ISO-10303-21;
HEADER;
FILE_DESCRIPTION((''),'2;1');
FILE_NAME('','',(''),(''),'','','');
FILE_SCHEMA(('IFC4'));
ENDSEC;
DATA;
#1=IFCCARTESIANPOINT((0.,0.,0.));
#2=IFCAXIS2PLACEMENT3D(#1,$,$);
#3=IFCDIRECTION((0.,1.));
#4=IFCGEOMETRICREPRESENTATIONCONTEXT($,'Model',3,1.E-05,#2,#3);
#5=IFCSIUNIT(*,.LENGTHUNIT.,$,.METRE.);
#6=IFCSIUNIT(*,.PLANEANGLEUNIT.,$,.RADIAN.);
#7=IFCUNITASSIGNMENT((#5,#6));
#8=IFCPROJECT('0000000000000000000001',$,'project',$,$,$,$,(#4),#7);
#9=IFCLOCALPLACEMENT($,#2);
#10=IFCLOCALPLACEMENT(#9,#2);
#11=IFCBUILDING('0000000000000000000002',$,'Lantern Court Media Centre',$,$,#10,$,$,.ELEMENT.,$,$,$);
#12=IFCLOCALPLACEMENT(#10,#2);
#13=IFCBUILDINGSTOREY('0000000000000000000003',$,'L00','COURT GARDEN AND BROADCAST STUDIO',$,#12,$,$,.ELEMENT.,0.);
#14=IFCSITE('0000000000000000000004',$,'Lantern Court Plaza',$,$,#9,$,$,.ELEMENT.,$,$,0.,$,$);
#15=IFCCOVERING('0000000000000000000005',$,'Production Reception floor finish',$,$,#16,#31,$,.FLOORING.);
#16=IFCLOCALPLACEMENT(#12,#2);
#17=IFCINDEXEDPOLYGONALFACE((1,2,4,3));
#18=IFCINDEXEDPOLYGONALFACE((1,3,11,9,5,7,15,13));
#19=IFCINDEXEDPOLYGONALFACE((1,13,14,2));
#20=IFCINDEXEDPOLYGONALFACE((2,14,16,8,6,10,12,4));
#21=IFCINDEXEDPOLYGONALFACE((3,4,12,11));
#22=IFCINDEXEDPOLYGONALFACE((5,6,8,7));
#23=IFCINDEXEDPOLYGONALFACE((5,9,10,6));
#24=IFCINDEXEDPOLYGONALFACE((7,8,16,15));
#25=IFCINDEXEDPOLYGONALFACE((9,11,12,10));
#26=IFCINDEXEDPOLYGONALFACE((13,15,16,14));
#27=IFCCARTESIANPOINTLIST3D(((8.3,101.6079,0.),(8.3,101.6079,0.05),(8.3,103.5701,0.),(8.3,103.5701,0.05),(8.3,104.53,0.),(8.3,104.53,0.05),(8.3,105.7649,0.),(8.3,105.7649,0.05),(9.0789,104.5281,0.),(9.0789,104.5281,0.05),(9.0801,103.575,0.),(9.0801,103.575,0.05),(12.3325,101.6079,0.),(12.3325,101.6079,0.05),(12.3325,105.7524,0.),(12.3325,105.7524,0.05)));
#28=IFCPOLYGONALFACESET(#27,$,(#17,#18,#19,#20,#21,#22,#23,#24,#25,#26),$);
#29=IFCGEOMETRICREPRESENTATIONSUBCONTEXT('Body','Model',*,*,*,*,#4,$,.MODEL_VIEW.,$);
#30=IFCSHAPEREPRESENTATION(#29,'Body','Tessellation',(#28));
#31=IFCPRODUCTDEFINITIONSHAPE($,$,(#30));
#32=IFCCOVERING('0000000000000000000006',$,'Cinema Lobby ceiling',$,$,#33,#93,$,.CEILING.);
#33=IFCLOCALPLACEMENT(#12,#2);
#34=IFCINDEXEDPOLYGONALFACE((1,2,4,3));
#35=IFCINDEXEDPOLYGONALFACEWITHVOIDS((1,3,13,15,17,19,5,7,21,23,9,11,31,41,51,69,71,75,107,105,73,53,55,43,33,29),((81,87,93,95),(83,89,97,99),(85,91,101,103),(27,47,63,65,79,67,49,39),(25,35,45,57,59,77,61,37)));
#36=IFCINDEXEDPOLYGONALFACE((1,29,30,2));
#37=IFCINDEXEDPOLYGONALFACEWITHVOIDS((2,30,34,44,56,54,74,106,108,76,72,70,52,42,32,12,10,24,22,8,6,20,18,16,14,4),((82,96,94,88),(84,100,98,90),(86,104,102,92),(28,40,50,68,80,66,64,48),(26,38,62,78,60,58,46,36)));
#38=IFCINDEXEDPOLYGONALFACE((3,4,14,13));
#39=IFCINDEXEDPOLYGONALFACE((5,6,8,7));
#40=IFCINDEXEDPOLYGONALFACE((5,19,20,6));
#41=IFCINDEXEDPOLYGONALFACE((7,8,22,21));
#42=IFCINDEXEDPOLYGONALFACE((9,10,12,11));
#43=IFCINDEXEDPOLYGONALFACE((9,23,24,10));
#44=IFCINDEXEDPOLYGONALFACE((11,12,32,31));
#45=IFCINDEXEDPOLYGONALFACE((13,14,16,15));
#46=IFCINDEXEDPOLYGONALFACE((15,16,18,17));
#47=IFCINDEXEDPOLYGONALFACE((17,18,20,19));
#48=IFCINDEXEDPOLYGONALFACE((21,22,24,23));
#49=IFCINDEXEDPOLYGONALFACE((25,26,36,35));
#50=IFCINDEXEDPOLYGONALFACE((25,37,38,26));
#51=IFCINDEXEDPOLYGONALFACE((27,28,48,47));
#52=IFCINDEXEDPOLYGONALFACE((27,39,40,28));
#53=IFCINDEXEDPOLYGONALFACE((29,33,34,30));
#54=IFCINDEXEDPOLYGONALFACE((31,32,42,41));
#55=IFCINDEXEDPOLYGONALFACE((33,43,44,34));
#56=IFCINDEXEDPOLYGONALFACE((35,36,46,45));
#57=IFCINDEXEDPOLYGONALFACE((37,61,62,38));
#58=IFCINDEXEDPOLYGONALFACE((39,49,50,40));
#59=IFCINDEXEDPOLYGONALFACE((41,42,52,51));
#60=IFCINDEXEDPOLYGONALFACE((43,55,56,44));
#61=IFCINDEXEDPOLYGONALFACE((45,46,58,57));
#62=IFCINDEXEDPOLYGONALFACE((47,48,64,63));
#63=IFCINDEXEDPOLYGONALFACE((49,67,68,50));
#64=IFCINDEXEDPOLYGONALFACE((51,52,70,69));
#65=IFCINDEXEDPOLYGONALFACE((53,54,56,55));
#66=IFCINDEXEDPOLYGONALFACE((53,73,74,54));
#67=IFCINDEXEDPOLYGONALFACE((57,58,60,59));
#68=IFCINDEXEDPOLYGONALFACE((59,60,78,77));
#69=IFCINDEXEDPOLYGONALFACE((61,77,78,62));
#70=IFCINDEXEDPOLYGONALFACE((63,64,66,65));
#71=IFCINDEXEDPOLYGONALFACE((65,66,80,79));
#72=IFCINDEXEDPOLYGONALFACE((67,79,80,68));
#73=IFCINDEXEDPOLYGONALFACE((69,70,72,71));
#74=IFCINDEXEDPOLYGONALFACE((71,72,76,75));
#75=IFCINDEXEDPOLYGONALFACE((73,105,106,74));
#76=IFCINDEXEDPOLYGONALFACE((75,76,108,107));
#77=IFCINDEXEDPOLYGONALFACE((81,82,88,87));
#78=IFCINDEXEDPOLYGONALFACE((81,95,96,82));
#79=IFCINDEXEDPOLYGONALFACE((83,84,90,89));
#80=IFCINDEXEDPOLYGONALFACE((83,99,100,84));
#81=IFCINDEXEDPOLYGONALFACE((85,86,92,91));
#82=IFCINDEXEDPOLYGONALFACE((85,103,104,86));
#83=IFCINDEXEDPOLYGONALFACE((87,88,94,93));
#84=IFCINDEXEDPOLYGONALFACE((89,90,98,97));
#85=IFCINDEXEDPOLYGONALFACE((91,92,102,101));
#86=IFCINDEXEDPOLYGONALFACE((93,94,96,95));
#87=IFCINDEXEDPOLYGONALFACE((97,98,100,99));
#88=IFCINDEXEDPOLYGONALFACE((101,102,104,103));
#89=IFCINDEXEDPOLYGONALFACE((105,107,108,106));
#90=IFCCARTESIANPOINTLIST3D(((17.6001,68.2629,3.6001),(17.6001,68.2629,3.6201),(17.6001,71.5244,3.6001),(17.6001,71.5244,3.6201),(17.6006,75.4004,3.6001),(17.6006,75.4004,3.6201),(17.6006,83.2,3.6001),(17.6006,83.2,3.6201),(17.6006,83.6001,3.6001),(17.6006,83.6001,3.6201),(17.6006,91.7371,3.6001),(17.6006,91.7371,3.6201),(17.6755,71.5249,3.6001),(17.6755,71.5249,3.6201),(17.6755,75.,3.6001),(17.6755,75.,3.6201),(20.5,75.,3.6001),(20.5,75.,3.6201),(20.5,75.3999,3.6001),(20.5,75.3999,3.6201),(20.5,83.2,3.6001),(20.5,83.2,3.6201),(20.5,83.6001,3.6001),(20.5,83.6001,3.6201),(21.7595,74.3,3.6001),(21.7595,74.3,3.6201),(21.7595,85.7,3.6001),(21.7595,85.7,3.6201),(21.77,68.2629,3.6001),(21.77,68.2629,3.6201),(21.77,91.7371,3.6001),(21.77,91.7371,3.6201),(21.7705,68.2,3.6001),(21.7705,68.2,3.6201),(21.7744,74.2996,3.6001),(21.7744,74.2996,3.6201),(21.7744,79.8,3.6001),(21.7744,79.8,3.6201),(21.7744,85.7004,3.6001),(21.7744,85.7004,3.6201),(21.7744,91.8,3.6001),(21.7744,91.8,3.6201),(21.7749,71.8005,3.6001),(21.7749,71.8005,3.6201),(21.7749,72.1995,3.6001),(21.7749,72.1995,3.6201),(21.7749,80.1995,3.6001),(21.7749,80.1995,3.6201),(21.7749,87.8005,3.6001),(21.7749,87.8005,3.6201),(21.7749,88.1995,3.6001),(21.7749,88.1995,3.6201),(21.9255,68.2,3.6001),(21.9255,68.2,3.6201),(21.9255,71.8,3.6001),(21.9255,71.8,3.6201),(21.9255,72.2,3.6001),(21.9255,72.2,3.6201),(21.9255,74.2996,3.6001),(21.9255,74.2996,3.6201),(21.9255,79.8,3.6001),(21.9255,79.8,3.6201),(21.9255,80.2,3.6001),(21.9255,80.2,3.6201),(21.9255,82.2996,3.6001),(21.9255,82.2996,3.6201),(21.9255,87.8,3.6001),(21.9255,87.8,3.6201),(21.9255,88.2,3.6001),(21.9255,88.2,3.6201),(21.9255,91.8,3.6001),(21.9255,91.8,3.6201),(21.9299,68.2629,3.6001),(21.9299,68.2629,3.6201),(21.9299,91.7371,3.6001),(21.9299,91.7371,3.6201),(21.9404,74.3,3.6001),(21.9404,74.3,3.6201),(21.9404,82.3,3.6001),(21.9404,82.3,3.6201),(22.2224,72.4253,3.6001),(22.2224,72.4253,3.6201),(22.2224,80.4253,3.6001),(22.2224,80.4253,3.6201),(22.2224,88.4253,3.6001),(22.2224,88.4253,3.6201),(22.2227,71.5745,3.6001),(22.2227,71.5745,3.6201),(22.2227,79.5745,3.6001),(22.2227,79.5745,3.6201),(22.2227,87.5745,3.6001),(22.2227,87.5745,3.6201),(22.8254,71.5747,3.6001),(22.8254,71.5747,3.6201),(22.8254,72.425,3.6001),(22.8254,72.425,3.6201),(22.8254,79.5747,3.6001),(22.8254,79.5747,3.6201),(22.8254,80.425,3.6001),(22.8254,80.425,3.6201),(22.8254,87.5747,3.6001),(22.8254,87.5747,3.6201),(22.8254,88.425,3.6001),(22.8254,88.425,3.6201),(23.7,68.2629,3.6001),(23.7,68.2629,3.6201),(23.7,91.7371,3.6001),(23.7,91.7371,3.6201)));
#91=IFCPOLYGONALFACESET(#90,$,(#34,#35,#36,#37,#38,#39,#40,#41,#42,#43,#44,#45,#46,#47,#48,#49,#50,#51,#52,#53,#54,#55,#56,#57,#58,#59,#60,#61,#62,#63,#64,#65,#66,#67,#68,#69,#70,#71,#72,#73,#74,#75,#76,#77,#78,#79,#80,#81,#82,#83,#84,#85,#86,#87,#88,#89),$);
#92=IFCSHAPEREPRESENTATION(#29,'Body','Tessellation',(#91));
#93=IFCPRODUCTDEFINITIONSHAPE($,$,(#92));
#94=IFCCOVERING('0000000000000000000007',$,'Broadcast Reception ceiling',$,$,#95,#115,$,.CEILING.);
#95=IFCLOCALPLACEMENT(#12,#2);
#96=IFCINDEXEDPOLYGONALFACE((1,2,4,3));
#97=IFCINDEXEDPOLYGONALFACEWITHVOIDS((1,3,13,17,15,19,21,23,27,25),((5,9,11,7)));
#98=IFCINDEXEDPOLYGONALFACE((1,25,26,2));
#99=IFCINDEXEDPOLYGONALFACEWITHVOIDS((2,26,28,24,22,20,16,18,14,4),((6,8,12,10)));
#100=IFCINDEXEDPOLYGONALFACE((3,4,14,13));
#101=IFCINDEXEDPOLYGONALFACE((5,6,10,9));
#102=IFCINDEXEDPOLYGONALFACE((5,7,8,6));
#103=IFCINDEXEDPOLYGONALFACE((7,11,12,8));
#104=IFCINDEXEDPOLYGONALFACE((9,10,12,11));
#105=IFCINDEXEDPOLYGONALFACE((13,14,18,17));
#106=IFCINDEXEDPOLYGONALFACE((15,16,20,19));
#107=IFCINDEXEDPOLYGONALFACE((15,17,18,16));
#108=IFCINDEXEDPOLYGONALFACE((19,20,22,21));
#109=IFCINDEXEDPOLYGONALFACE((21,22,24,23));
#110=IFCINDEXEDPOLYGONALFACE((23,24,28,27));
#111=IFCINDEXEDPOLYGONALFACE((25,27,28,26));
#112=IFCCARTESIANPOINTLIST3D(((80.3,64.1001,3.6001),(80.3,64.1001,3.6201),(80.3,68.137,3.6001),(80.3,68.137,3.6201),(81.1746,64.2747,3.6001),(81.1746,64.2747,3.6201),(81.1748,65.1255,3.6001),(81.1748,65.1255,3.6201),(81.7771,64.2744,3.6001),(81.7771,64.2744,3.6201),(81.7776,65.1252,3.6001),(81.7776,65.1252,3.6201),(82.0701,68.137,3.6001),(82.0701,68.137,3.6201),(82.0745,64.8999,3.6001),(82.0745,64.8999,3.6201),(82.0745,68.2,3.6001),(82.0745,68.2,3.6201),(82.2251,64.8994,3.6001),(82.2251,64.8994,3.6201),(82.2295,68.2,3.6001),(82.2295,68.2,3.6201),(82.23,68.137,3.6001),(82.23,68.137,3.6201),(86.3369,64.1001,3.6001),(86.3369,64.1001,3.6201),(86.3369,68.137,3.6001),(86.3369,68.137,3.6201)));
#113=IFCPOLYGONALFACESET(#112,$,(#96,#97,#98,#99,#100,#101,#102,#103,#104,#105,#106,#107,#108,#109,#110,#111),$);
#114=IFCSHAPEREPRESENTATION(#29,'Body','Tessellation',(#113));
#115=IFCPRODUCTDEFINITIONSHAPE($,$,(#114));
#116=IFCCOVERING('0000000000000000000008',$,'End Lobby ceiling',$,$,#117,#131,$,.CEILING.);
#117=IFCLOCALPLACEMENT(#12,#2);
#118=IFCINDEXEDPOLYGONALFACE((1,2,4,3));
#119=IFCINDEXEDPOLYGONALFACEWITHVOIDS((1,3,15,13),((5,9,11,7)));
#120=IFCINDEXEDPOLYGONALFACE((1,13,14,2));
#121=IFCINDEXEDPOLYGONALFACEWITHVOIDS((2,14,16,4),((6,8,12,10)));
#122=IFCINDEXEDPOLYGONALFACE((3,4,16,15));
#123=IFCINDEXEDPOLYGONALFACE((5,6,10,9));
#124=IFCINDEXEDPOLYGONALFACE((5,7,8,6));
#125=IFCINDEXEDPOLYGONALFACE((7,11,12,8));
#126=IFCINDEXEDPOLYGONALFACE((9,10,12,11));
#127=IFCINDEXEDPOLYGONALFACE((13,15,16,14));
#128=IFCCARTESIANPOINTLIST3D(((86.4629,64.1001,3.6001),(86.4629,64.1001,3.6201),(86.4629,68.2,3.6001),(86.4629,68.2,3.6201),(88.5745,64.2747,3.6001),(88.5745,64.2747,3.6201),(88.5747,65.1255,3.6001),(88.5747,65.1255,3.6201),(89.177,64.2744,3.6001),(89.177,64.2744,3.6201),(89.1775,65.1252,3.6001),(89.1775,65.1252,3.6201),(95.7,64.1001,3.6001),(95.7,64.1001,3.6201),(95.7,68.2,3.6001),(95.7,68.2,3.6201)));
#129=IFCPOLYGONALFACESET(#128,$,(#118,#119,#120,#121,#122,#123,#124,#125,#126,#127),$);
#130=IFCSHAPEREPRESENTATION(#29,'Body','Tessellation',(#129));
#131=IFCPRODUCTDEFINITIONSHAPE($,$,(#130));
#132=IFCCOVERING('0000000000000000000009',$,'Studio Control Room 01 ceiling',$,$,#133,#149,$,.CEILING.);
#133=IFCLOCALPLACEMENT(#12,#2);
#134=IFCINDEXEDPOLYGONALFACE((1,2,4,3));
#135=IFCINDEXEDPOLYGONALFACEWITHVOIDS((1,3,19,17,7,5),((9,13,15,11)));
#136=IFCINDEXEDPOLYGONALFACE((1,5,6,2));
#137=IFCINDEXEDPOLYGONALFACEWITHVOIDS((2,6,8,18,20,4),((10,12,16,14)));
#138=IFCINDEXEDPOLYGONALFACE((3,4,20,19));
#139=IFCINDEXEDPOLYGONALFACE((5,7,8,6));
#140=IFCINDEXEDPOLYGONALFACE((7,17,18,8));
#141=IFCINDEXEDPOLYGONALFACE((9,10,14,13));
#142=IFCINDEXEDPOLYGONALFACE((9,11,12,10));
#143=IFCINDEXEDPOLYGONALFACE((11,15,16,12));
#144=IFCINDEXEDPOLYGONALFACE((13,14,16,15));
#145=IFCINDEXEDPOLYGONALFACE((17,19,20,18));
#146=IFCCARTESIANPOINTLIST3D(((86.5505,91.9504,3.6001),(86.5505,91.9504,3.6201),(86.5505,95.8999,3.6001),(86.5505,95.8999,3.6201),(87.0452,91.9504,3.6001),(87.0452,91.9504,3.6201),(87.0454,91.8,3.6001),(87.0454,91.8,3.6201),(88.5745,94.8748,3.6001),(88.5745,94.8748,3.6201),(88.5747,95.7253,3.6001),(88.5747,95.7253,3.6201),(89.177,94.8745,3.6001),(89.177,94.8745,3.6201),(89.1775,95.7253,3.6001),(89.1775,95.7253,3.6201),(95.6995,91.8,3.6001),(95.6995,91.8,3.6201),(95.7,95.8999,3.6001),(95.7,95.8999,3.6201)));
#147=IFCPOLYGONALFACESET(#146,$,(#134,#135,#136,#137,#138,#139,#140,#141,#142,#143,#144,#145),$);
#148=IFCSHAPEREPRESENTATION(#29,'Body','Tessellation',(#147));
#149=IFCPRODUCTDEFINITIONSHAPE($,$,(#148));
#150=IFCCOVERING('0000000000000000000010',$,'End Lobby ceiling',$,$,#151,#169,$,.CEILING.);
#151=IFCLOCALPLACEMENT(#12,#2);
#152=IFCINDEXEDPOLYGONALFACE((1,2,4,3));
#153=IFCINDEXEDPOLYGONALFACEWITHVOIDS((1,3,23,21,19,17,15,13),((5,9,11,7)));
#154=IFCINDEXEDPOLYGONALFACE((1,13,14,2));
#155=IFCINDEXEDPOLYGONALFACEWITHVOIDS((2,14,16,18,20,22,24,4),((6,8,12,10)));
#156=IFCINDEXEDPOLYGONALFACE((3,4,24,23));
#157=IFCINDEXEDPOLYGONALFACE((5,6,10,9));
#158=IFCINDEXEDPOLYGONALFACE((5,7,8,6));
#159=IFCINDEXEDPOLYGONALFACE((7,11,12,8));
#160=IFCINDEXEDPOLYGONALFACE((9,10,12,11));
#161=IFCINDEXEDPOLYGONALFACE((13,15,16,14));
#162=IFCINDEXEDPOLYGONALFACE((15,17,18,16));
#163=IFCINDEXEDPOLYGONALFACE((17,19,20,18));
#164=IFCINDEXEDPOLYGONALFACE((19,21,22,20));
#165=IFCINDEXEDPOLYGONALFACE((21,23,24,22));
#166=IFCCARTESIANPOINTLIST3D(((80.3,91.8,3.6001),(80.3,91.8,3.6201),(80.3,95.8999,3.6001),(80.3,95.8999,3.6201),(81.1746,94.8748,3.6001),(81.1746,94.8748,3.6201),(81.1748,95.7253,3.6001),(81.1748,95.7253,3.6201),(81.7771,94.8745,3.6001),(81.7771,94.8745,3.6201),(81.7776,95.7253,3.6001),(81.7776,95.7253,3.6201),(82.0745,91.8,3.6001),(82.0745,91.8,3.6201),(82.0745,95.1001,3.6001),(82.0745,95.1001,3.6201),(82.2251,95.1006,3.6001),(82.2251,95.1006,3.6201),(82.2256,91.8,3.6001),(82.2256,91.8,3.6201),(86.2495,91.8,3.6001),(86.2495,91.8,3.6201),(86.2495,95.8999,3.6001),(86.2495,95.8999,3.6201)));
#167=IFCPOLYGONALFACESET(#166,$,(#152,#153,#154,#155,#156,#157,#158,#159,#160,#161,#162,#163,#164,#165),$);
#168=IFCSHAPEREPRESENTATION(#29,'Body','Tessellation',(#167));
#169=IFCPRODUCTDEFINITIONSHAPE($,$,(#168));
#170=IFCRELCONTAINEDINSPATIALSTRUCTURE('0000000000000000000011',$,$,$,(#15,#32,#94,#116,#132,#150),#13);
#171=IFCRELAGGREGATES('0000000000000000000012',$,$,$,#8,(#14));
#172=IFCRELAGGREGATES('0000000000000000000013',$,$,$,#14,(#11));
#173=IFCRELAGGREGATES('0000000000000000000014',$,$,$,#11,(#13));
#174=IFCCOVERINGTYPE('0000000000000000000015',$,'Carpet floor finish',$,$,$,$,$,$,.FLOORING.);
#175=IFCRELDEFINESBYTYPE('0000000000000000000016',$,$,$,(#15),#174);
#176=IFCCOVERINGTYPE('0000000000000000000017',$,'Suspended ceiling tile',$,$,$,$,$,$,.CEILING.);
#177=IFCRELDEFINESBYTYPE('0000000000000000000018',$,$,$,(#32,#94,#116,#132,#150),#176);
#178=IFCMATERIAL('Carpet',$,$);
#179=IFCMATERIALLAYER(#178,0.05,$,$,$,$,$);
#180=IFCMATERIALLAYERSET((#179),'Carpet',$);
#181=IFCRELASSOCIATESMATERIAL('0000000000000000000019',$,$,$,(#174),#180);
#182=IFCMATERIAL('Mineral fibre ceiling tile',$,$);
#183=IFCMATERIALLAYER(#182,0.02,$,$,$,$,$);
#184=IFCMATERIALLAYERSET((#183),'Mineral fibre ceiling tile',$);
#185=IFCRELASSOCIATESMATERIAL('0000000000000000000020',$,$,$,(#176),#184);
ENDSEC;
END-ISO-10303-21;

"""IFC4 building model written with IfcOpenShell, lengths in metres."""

from ifc_helpers import new_model, si_unit, direction, frame, origin, place, context, subcontext, project, spatial, polyline, outline, extrude, material, layer, layer_set, type_object, element, save


model = new_model("IFC4")

# Units and contexts
model_context = context("Model", 3, precision=1e-05, world=origin(), true_north=direction((0.0, 1.0)))
body_context = subcontext(model_context, "Body", "Model", "MODEL_VIEW")
ifc_project = project(units=[si_unit("LENGTHUNIT", "METRE"), si_unit("PLANEANGLEUNIT", "RADIAN")], contexts=[model_context])

# Site, building, storey
site_placement = place(None, origin())
site = spatial("IfcSite", under=ifc_project, at=site_placement, Name="Lantern Court Plaza", CompositionType="ELEMENT", RefElevation=0.0)
building_placement = place(site_placement, origin())
building = spatial("IfcBuilding", under=site, at=building_placement, Name="Lantern Court Media Centre", CompositionType="ELEMENT")
storey_placement = place(building_placement, origin())
storey = spatial("IfcBuildingStorey", under=building, at=storey_placement, Name="L00", Description="COURT GARDEN AND BROADCAST STUDIO", CompositionType="ELEMENT", Elevation=0.0)

# Coverings
ifc_material_1 = material(Name="Carpet")
ifc_layer_1 = layer(ifc_material_1, 0.05)
ifc_layer_set_1 = layer_set([ifc_layer_1], Name="Carpet")
covering_type_1 = type_object("IfcCoveringType", Name="Carpet floor finish", PredefinedType="FLOORING", material=ifc_layer_set_1)
covering_1_placement = place(storey_placement, origin())
element("IfcCovering", 1, at=covering_1_placement, inside=storey, type_object=covering_type_1, Name="Production Reception floor finish", PredefinedType="FLOORING", context=body_context, shape_type="SweptSolid", body=[
    extrude(outline(polyline([(8.3, 105.7649), (12.3325, 105.7524), (12.3325, 101.6079), (8.3, 101.6079), (8.3, 103.5701), (9.0801, 103.575), (9.0789, 104.5281), (8.3, 104.53), (8.3, 105.7649)])), origin(), (0.0, 0.0, 1.0), 0.05),
])
ifc_material_2 = material(Name="Mineral fibre ceiling tile")
ifc_layer_2 = layer(ifc_material_2, 0.02)
ifc_layer_set_2 = layer_set([ifc_layer_2], Name="Mineral fibre ceiling tile")
covering_type_2 = type_object("IfcCoveringType", Name="Suspended ceiling tile", PredefinedType="CEILING", material=ifc_layer_set_2)
covering_2_placement = place(storey_placement, frame((0.0, 0.0, 3.6001)))
element("IfcCovering", 2, at=covering_2_placement, inside=storey, type_object=covering_type_2, Name="Cinema Lobby ceiling", PredefinedType="CEILING", context=body_context, shape_type="SweptSolid", body=[
    extrude(outline(polyline([(21.7705, 68.2), (21.77, 68.2629), (17.6001, 68.2629), (17.6001, 71.5244), (17.6755, 71.5249), (17.6755, 75.0), (20.5, 75.0), (20.5, 75.3999), (17.6006, 75.4004), (17.6006, 83.2), (20.5, 83.2), (20.5, 83.6001), (17.6006, 83.6001), (17.6006, 91.7371), (21.77, 91.7371), (21.7744, 91.8), (21.7749, 88.1995), (21.9255, 88.2), (21.9255, 91.8), (21.9299, 91.7371), (23.7, 91.7371), (23.7, 68.2629), (21.9299, 68.2629), (21.9255, 68.2), (21.9255, 71.8), (21.7749, 71.8005), (21.7705, 68.2)]), holes=[polyline([(22.8254, 72.425), (22.2224, 72.4253), (22.2227, 71.5745), (22.8254, 71.5747), (22.8254, 72.425)]), polyline([(22.8254, 80.425), (22.2224, 80.4253), (22.2227, 79.5745), (22.8254, 79.5747), (22.8254, 80.425)]), polyline([(22.8254, 88.425), (22.2224, 88.4253), (22.2227, 87.5745), (22.8254, 87.5747), (22.8254, 88.425)]), polyline([(21.9255, 79.8), (21.7744, 79.8), (21.7595, 74.3), (21.7744, 74.2996), (21.7749, 72.1995), (21.9255, 72.2), (21.9255, 74.2996), (21.9404, 74.3), (21.9255, 79.8)]), polyline([(21.9255, 82.2996), (21.9404, 82.3), (21.9255, 87.8), (21.7749, 87.8005), (21.7744, 85.7004), (21.7595, 85.7), (21.7749, 80.1995), (21.9255, 80.2), (21.9255, 82.2996)])]), origin(), (0.0, 0.0, 1.0), 0.02),
])
covering_3_placement = place(storey_placement, frame((0.0, 0.0, 3.6001)))
element("IfcCovering", 3, at=covering_3_placement, inside=storey, type_object=covering_type_2, Name="Broadcast Reception ceiling", PredefinedType="CEILING", context=body_context, shape_type="SweptSolid", body=[
    extrude(outline(polyline([(82.2295, 68.2), (82.23, 68.137), (86.3369, 68.137), (86.3369, 64.1001), (80.3, 64.1001), (80.3, 68.137), (82.0701, 68.137), (82.0745, 68.2), (82.0745, 64.8999), (82.2251, 64.8994), (82.2295, 68.2)]), holes=[polyline([(81.7771, 64.2744), (81.7776, 65.1252), (81.1748, 65.1255), (81.1746, 64.2747), (81.7771, 64.2744)])]), origin(), (0.0, 0.0, 1.0), 0.02),
])
covering_4_placement = place(storey_placement, frame((0.0, 0.0, 3.6001)))
element("IfcCovering", 4, at=covering_4_placement, inside=storey, type_object=covering_type_2, Name="End Lobby ceiling", PredefinedType="CEILING", context=body_context, shape_type="SweptSolid", body=[
    extrude(outline(polyline([(86.4629, 64.1001), (86.4629, 68.2), (95.7, 68.2), (95.7, 64.1001), (86.4629, 64.1001)]), holes=[polyline([(89.177, 64.2744), (89.1775, 65.1252), (88.5747, 65.1255), (88.5745, 64.2747), (89.177, 64.2744)])]), origin(), (0.0, 0.0, 1.0), 0.02),
])
covering_5_placement = place(storey_placement, frame((0.0, 0.0, 3.6001)))
element("IfcCovering", 5, at=covering_5_placement, inside=storey, type_object=covering_type_2, Name="Studio Control Room 01 ceiling", PredefinedType="CEILING", context=body_context, shape_type="SweptSolid", body=[
    extrude(outline(polyline([(95.7, 95.8999), (95.6995, 91.8), (87.0454, 91.8), (87.0452, 91.9504), (86.5505, 91.9504), (86.5505, 95.8999), (95.7, 95.8999)]), holes=[polyline([(89.177, 94.8745), (89.1775, 95.7253), (88.5747, 95.7253), (88.5745, 94.8748), (89.177, 94.8745)])]), origin(), (0.0, 0.0, 1.0), 0.02),
])
covering_6_placement = place(storey_placement, frame((0.0, 0.0, 3.6001)))
element("IfcCovering", 6, at=covering_6_placement, inside=storey, type_object=covering_type_2, Name="End Lobby ceiling", PredefinedType="CEILING", context=body_context, shape_type="SweptSolid", body=[
    extrude(outline(polyline([(80.3, 91.8), (80.3, 95.8999), (86.2495, 95.8999), (86.2495, 91.8), (82.2256, 91.8), (82.2251, 95.1006), (82.0745, 95.1001), (82.0745, 91.8), (80.3, 91.8)]), holes=[polyline([(81.7771, 94.8745), (81.7776, 95.7253), (81.1748, 95.7253), (81.1746, 94.8748), (81.7771, 94.8745)])]), origin(), (0.0, 0.0, 1.0), 0.02),
])

save(model, "model.ifc")
